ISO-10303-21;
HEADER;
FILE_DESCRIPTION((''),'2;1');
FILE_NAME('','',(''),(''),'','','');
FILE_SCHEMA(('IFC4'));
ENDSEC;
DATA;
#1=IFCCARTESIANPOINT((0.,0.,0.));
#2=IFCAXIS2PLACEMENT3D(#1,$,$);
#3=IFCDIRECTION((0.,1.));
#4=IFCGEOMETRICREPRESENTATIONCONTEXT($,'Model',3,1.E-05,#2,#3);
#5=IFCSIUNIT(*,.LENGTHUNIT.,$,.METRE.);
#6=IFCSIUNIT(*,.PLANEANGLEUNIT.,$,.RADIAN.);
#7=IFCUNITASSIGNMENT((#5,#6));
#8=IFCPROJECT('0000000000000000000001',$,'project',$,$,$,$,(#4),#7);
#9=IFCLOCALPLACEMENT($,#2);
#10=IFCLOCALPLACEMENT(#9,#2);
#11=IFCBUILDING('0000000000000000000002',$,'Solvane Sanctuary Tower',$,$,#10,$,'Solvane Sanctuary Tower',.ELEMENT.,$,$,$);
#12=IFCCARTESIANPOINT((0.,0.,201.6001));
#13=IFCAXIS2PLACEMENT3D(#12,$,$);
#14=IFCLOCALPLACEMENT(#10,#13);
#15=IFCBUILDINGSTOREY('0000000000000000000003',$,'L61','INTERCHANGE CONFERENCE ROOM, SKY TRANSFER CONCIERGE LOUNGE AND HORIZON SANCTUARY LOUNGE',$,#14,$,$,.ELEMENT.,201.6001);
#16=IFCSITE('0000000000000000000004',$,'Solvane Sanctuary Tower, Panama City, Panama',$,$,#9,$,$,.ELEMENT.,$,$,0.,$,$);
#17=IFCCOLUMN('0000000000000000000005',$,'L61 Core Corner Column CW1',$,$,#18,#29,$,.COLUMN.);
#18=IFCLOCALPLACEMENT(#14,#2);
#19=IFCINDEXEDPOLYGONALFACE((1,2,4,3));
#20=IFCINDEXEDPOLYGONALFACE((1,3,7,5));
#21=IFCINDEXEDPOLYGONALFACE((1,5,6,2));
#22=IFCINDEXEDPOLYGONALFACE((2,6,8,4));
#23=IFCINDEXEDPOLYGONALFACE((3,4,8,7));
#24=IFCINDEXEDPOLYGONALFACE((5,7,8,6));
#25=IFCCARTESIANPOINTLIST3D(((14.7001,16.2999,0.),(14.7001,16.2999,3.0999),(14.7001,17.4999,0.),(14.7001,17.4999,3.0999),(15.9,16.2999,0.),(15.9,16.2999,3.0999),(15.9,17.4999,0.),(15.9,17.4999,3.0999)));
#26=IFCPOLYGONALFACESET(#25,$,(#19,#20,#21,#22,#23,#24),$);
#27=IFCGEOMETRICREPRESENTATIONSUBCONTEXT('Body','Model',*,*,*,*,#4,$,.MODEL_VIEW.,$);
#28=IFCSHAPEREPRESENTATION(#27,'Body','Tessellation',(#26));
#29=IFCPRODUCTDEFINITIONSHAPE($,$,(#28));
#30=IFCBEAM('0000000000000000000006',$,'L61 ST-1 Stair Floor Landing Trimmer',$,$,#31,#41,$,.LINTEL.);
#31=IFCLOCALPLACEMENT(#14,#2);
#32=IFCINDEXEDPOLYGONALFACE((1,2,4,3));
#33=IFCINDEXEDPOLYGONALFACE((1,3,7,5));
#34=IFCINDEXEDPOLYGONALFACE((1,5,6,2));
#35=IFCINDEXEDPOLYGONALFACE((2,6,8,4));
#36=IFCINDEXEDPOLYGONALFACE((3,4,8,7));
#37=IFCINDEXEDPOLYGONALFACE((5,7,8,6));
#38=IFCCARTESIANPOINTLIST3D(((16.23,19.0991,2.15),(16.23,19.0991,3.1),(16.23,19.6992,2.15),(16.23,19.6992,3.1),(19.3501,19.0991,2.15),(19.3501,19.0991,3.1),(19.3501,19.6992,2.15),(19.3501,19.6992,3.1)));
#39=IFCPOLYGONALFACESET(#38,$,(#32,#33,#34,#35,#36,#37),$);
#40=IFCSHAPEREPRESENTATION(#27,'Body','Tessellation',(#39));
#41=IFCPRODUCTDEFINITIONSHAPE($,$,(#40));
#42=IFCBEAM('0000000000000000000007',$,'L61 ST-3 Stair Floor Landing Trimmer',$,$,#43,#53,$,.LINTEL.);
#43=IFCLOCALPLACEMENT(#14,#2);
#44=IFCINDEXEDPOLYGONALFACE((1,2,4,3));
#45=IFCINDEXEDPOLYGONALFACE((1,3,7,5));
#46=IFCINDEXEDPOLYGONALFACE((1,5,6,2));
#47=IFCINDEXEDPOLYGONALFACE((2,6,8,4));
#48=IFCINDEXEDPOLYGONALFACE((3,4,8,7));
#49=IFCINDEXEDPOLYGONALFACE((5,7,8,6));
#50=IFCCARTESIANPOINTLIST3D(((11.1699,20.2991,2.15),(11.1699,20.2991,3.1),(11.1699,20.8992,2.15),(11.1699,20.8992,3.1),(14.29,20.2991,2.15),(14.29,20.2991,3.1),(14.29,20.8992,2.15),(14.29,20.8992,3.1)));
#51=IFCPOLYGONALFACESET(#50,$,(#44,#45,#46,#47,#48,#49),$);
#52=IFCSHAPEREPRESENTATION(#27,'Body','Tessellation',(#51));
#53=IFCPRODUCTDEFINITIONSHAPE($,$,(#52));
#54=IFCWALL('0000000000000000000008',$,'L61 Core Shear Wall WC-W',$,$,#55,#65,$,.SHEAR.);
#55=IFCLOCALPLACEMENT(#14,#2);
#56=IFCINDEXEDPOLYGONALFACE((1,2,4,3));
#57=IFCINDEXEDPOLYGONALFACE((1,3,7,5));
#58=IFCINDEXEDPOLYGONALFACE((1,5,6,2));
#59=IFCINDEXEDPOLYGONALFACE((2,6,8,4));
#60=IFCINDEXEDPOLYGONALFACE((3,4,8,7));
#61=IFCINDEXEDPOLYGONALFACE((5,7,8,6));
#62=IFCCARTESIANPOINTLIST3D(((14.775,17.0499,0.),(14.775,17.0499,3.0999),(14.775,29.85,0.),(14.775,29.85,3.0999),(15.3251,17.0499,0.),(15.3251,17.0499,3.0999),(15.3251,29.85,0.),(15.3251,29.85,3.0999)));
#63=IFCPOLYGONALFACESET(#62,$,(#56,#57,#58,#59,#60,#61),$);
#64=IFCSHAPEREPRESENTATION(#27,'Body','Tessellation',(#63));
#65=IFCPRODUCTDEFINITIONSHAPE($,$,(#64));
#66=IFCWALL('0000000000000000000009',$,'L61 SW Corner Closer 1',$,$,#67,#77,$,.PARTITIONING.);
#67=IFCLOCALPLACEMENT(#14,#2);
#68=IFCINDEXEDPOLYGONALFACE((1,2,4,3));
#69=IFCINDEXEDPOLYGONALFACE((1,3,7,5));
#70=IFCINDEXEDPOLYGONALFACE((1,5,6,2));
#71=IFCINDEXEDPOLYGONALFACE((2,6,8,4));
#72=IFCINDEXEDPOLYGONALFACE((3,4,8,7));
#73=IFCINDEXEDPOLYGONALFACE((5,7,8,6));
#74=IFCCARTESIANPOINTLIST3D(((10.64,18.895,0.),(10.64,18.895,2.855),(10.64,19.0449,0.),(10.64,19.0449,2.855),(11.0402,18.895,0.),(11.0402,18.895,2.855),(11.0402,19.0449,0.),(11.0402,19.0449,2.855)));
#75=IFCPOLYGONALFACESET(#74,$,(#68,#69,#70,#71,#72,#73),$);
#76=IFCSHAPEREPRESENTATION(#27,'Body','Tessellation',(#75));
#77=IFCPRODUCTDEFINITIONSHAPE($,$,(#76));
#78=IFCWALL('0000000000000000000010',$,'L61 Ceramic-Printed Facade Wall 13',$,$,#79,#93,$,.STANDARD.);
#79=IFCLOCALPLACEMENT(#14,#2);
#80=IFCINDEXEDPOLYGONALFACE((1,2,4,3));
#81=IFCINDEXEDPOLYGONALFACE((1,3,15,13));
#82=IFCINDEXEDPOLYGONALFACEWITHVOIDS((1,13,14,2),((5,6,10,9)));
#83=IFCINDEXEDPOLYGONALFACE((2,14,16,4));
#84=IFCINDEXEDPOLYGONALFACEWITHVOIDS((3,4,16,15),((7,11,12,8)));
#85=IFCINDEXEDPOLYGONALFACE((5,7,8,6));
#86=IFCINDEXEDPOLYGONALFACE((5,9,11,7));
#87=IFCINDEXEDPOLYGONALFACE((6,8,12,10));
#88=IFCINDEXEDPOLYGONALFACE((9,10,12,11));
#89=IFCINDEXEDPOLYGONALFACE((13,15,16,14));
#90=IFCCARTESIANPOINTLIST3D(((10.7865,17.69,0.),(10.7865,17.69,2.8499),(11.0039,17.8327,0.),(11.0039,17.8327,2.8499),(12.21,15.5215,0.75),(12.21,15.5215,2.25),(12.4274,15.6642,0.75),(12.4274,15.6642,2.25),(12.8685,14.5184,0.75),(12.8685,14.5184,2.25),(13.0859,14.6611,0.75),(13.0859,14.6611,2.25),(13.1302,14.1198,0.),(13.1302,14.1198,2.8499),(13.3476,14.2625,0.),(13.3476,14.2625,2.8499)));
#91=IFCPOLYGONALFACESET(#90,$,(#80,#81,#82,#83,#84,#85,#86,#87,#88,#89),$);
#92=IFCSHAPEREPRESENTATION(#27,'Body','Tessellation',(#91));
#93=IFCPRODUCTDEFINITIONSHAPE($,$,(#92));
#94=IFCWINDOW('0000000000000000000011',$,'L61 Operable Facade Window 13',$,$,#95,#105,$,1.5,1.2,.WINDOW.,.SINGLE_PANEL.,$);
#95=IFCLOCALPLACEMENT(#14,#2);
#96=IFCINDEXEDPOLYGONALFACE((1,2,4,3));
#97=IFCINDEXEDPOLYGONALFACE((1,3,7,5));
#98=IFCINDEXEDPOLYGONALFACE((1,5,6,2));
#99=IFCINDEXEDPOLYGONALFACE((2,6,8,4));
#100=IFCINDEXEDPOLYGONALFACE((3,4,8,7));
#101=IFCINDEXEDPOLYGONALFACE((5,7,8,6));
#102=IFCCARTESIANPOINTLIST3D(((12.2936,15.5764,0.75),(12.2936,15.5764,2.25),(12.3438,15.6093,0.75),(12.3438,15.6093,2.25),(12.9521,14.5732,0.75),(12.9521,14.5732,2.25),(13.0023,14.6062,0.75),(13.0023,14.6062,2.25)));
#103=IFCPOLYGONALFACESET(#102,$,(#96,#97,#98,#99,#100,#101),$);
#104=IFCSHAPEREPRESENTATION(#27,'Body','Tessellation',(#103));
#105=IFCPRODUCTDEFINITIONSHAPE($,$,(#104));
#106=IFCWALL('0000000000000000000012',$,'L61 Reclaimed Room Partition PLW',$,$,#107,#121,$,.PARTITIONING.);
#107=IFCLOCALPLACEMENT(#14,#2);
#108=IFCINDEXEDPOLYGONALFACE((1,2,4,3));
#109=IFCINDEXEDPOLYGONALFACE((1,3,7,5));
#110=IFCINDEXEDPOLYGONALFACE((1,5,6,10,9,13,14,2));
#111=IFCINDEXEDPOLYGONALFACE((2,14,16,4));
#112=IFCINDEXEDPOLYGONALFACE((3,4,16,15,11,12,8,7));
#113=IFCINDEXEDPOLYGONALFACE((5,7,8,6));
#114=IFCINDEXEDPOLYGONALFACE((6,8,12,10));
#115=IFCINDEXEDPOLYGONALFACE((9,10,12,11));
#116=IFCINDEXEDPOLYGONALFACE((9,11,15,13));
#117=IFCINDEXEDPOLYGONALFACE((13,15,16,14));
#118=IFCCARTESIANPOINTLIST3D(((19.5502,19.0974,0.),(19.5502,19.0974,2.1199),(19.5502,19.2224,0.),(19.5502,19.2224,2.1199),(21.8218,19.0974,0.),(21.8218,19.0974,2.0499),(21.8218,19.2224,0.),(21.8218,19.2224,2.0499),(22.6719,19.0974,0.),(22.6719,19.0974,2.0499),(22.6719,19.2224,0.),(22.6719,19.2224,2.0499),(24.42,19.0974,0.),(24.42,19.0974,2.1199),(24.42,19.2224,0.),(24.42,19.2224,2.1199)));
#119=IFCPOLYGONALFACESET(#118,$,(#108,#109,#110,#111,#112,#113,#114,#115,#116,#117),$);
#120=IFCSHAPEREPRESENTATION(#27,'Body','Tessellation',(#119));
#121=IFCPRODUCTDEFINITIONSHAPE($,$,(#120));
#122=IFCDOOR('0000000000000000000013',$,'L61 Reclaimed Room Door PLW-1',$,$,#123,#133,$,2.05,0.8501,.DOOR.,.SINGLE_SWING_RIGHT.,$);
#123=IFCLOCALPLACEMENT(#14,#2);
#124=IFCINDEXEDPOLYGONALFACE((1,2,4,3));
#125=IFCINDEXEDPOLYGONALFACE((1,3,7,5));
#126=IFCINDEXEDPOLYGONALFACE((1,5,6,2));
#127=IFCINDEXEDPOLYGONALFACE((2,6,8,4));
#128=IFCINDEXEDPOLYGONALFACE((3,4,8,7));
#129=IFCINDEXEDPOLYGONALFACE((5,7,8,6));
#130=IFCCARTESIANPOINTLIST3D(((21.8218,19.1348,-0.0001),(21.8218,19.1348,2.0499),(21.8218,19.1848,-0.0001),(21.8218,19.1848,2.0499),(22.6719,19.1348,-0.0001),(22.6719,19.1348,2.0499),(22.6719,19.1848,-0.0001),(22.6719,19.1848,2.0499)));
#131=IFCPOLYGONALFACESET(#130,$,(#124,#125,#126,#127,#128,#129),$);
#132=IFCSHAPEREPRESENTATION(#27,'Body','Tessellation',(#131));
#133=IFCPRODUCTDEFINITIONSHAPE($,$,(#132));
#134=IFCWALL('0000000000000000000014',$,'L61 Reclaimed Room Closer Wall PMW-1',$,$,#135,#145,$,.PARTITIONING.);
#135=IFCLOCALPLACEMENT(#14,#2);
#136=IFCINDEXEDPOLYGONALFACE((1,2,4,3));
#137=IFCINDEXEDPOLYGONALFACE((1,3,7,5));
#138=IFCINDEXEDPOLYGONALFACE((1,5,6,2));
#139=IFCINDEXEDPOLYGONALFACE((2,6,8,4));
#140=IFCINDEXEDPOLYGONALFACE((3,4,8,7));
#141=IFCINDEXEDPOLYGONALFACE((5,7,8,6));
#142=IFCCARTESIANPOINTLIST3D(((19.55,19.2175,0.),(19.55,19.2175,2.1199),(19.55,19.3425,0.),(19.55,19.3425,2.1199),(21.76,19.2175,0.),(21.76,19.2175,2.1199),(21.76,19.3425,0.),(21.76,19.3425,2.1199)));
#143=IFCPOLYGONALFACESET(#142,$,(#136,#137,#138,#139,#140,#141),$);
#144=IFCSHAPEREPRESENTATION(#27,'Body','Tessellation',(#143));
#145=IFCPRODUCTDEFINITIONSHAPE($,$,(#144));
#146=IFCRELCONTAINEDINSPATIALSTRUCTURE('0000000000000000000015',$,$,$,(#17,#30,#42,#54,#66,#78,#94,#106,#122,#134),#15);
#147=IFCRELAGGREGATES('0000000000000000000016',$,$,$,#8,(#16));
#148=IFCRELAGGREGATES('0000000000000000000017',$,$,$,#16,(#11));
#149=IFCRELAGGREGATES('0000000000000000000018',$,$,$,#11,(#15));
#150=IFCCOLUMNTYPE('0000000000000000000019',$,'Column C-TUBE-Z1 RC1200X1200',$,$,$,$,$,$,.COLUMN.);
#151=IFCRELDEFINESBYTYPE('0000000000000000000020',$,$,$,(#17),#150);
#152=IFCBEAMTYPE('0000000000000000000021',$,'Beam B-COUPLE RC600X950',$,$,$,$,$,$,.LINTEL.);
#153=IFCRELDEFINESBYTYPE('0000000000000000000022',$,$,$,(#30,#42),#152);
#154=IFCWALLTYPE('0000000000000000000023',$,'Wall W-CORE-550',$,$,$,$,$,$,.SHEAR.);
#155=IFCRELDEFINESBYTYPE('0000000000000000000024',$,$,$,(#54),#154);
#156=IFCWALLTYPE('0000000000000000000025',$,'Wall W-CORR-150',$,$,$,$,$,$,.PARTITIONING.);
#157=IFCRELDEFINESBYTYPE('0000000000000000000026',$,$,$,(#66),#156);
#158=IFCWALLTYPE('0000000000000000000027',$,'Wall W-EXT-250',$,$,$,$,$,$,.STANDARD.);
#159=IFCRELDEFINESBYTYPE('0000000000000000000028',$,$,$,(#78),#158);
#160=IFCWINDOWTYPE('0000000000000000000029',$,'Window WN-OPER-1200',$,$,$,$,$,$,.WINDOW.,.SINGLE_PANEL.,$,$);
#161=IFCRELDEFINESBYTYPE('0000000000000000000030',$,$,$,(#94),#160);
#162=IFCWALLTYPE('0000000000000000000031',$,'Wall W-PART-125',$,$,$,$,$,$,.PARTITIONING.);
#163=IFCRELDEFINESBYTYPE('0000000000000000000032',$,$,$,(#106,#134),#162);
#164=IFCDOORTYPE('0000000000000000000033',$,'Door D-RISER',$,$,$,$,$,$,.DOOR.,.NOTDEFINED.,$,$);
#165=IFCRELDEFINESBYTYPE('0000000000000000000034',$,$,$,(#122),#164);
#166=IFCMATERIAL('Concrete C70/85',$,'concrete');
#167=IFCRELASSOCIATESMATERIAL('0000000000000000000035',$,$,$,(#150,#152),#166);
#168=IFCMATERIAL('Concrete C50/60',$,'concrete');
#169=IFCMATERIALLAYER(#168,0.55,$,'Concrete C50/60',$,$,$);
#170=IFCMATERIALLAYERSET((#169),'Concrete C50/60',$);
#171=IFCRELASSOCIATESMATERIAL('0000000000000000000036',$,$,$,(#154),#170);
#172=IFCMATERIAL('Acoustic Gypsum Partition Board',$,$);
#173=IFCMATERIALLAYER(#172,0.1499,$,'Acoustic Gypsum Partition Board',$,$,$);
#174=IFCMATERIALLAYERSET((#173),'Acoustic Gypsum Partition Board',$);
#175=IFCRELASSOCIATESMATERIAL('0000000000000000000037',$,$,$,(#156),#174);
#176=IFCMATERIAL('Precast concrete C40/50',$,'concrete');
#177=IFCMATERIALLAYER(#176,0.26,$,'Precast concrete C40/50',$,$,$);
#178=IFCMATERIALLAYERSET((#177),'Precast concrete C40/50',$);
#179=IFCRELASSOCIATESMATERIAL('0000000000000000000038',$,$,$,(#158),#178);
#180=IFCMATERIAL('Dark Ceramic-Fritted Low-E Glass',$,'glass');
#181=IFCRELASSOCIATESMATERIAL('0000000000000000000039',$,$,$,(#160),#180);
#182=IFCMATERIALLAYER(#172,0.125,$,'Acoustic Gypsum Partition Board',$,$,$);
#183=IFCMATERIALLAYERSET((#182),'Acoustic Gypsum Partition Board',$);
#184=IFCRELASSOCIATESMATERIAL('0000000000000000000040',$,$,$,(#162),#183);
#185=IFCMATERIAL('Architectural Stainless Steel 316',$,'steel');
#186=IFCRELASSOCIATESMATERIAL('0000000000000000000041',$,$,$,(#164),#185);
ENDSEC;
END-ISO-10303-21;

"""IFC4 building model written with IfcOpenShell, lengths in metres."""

from ifc_helpers import new_model, si_unit, direction, frame, frame_2d, origin, origin_2d, place, context, subcontext, project, spatial, rectangle, extrude, material, layer, layer_set, material_profile, profile_set, type_object, element, fill, save


model = new_model("IFC4")

# Units and contexts
model_context = context("Model", 3, precision=1e-05, world=origin(), true_north=direction((0.0, 1.0)))
body_context = subcontext(model_context, "Body", "Model", "MODEL_VIEW")
ifc_project = project(units=[si_unit("LENGTHUNIT", "METRE"), si_unit("PLANEANGLEUNIT", "RADIAN")], contexts=[model_context])

# Site, building, storey
site_placement = place(None, origin())
site = spatial("IfcSite", under=ifc_project, at=site_placement, Name="Solvane Sanctuary Tower, Panama City, Panama", CompositionType="ELEMENT", RefElevation=0.0)
building_placement = place(site_placement, origin())
building = spatial("IfcBuilding", under=site, at=building_placement, Name="Solvane Sanctuary Tower", LongName="Solvane Sanctuary Tower", CompositionType="ELEMENT")
storey_placement = place(building_placement, frame((0.0, 0.0, 201.6001)))
storey = spatial("IfcBuildingStorey", under=building, at=storey_placement, Name="L61", Description="INTERCHANGE CONFERENCE ROOM, SKY TRANSFER CONCIERGE LOUNGE AND HORIZON SANCTUARY LOUNGE", CompositionType="ELEMENT", Elevation=201.6001)

# Column
ifc_material_1 = material(Name="Concrete C70/85", Category="concrete")
ifc_material_profile_1 = material_profile(ifc_material_1, rectangle(XDim=1.2, YDim=1.2, at=origin_2d()), Name="RC1200X1200")
ifc_profile_set_1 = profile_set([ifc_material_profile_1], Name="Concrete C70/85")
column_type = type_object("IfcColumnType", Name="Column C-TUBE-Z1 RC1200X1200", PredefinedType="COLUMN", material=ifc_profile_set_1)
column_placement = place(storey_placement, frame((15.3, 16.8999, 0.0), z_axis=(0.0, 0.0, 1.0), x_axis=(1.0, 0.0, 0.0)))
element("IfcColumn", 1, at=column_placement, inside=storey, type_object=column_type, Name="L61 Core Corner Column CW1", PredefinedType="COLUMN", context=body_context, shape_type="SweptSolid", body=[
    extrude(rectangle(XDim=1.2, YDim=1.2, at=origin_2d()), origin(), (0.0, 0.0, 1.0), 3.0999),
])

# Beams
ifc_material_profile_2 = material_profile(ifc_material_1, rectangle(XDim=0.6001, YDim=0.95, at=origin_2d()), Name="RC600X950")
ifc_profile_set_2 = profile_set([ifc_material_profile_2], Name="Concrete C70/85")
beam_type = type_object("IfcBeamType", Name="Beam B-COUPLE RC600X950", PredefinedType="LINTEL", material=ifc_profile_set_2)
for number, where, z_axis, x_axis, name in (
    (2, (16.23, 19.3992, 2.625), (1.0, 0.0, 0.0), (0.0, 1.0, 0.0), "L61 ST-1 Stair Floor Landing Trimmer"),
    (3, (11.1699, 20.5991, 2.625), (1.0, 0.0, 0.0), (0.0, 1.0, 0.0), "L61 ST-3 Stair Floor Landing Trimmer"),
):
    element("IfcBeam", number, at=place(storey_placement, frame(where, z_axis=z_axis, x_axis=x_axis)), inside=storey, type_object=beam_type, Name=name, PredefinedType="LINTEL", context=body_context, shape_type="SweptSolid", body=[
        extrude(rectangle(XDim=0.6001, YDim=0.95, at=origin_2d()), origin(), (0.0, 0.0, 1.0), 3.1201),
    ])

# Walls
ifc_material_2 = material(Name="Concrete C50/60", Category="concrete")
ifc_layer_1 = layer(ifc_material_2, 0.55, Name="Concrete C50/60")
ifc_layer_set_1 = layer_set([ifc_layer_1], Name="Concrete C50/60")
wall_type_1 = type_object("IfcWallType", Name="Wall W-CORE-550", PredefinedType="SHEAR", material=ifc_layer_set_1)
wall_1_placement = place(storey_placement, frame((15.05, 17.05, 0.0), z_axis=(0.0, 0.0, 1.0), x_axis=(0.0, 1.0, 0.0)))
element("IfcWall", 4, at=wall_1_placement, inside=storey, type_object=wall_type_1, Name="L61 Core Shear Wall WC-W", PredefinedType="SHEAR", context=body_context, shape_type="SweptSolid", body=[
    extrude(rectangle(XDim=12.8, YDim=0.55, at=frame_2d((6.3999, 0.0))), origin(), (0.0, 0.0, 1.0), 3.0999),
])
ifc_material_3 = material(Name="Acoustic Gypsum Partition Board")
ifc_layer_2 = layer(ifc_material_3, 0.1499, Name="Acoustic Gypsum Partition Board")
ifc_layer_set_2 = layer_set([ifc_layer_2], Name="Acoustic Gypsum Partition Board")
wall_type_2 = type_object("IfcWallType", Name="Wall W-CORR-150", PredefinedType="PARTITIONING", material=ifc_layer_set_2)
wall_2_placement = place(storey_placement, frame((10.6399, 18.97, 0.0), z_axis=(0.0, 0.0, 1.0), x_axis=(1.0, 0.0, 0.0)))
element("IfcWall", 5, at=wall_2_placement, inside=storey, type_object=wall_type_2, Name="L61 SW Corner Closer 1", PredefinedType="PARTITIONING", context=body_context, shape_type="SweptSolid", body=[
    extrude(rectangle(XDim=0.4001, YDim=0.1499, at=frame_2d((0.2002, 0.0))), origin(), (0.0, 0.0, 1.0), 2.855),
])

# Wall, opening, window
ifc_material_4 = material(Name="Precast concrete C40/50", Category="concrete")
ifc_layer_3 = layer(ifc_material_4, 0.26, Name="Precast concrete C40/50")
ifc_layer_set_3 = layer_set([ifc_layer_3], Name="Precast concrete C40/50")
wall_type_3 = type_object("IfcWallType", Name="Wall W-EXT-250", PredefinedType="STANDARD", material=ifc_layer_set_3)
wall_3_placement = place(storey_placement, frame((10.8953, 17.7612, 0.0), z_axis=(0.0, 0.0, 1.0), x_axis=(0.548776, -0.835969, 0.0)))
wall_3 = element("IfcWall", 6, at=wall_3_placement, inside=storey, type_object=wall_type_3, Name="L61 Ceramic-Printed Facade Wall 13", PredefinedType="STANDARD", context=body_context, shape_type="SweptSolid", body=[
    extrude(rectangle(XDim=4.2708, YDim=0.26, at=frame_2d((2.1353, 0.0))), origin(), (0.0, 0.0, 1.0), 2.8499),
])
opening_1_placement = place(wall_3_placement, frame((2.5938, 0.0, 0.75)))
opening_1 = element("IfcOpeningElement", 7, at=opening_1_placement, cuts=wall_3, PredefinedType="OPENING", context=body_context, shape_type="SweptSolid", body=[
    extrude(rectangle(XDim=1.2, YDim=1.5, at=frame_2d((0.6001, 0.75))), frame((0.0, 0.1399, 0.0), z_axis=(0.0, -1.0, 0.0), x_axis=(1.0, 0.0, 0.0)), (0.0, 0.0, 1.0), 0.28),
])
ifc_material_5 = material(Name="Dark Ceramic-Fritted Low-E Glass", Category="glass")
window_type = type_object("IfcWindowType", Name="Window WN-OPER-1200", PartitioningType="SINGLE_PANEL", PredefinedType="WINDOW", material=ifc_material_5)
window_placement = place(opening_1_placement, origin())
window = element("IfcWindow", 8, at=window_placement, inside=storey, type_object=window_type, Name="L61 Operable Facade Window 13", OverallHeight=1.5, OverallWidth=1.2, PartitioningType="SINGLE_PANEL", PredefinedType="WINDOW", context=body_context, shape_type="SweptSolid", body=[
    extrude(rectangle(XDim=1.2, YDim=1.5, at=frame_2d((0.6001, 0.75))), frame((0.0, 0.03, 0.0), z_axis=(0.0, -1.0, 0.0), x_axis=(1.0, 0.0, 0.0)), (0.0, 0.0, 1.0), 0.0601),
])
fill(opening_1, window)

# Wall, opening, door
ifc_layer_4 = layer(ifc_material_3, 0.125, Name="Acoustic Gypsum Partition Board")
ifc_layer_set_4 = layer_set([ifc_layer_4], Name="Acoustic Gypsum Partition Board")
wall_type_4 = type_object("IfcWallType", Name="Wall W-PART-125", PredefinedType="PARTITIONING", material=ifc_layer_set_4)
wall_4_placement = place(storey_placement, frame((19.55, 19.1599, 0.0), z_axis=(0.0, 0.0, 1.0), x_axis=(1.0, 0.0, 0.0)))
wall_4 = element("IfcWall", 9, at=wall_4_placement, inside=storey, type_object=wall_type_4, Name="L61 Reclaimed Room Partition PLW", PredefinedType="PARTITIONING", context=body_context, shape_type="SweptSolid", body=[
    extrude(rectangle(XDim=4.8699, YDim=0.125, at=frame_2d((2.4351, 0.0))), origin(), (0.0, 0.0, 1.0), 2.1199),
])
opening_2_placement = place(wall_4_placement, frame((2.2717, 0.0, 0.0)))
opening_2 = element("IfcOpeningElement", 10, at=opening_2_placement, cuts=wall_4, PredefinedType="OPENING", context=body_context, shape_type="SweptSolid", body=[
    extrude(rectangle(XDim=0.8501, YDim=2.05, at=frame_2d((0.425, 1.0249))), frame((0.0, 0.0725, 0.0), z_axis=(0.0, -1.0, 0.0), x_axis=(1.0, 0.0, 0.0)), (0.0, 0.0, 1.0), 0.145),
])
ifc_material_6 = material(Name="Architectural Stainless Steel 316", Category="steel")
door_type_1 = type_object("IfcDoorType", Name="Door D-RISER", OperationType="NOTDEFINED", PredefinedType="DOOR", material=ifc_material_6)
door_1_placement = place(opening_2_placement, origin())
door_1 = element("IfcDoor", 11, at=door_1_placement, inside=storey, type_object=door_type_1, Name="L61 Reclaimed Room Door PLW-1", OperationType="SINGLE_SWING_RIGHT", OverallHeight=2.05, OverallWidth=0.8501, PredefinedType="DOOR", context=body_context, shape_type="SweptSolid", body=[
    extrude(rectangle(XDim=0.8501, YDim=2.05, at=frame_2d((0.425, 1.0249))), frame((0.0, 0.0249, 0.0), z_axis=(0.0, -1.0, 0.0), x_axis=(1.0, 0.0, 0.0)), (0.0, 0.0, 1.0), 0.05),
])
fill(opening_2, door_1)

# Wall
wall_5_placement = place(storey_placement, frame((19.55, 19.28, 0.0), z_axis=(0.0, 0.0, 1.0), x_axis=(1.0, 0.0, 0.0)))
element("IfcWall", 12, at=wall_5_placement, inside=storey, type_object=wall_type_4, Name="L61 Reclaimed Room Closer Wall PMW-1", PredefinedType="PARTITIONING", context=body_context, shape_type="SweptSolid", body=[
    extrude(rectangle(XDim=2.21, YDim=0.125, at=frame_2d((1.105, 0.0))), origin(), (0.0, 0.0, 1.0), 2.1199),
])

save(model, "model.ifc")
